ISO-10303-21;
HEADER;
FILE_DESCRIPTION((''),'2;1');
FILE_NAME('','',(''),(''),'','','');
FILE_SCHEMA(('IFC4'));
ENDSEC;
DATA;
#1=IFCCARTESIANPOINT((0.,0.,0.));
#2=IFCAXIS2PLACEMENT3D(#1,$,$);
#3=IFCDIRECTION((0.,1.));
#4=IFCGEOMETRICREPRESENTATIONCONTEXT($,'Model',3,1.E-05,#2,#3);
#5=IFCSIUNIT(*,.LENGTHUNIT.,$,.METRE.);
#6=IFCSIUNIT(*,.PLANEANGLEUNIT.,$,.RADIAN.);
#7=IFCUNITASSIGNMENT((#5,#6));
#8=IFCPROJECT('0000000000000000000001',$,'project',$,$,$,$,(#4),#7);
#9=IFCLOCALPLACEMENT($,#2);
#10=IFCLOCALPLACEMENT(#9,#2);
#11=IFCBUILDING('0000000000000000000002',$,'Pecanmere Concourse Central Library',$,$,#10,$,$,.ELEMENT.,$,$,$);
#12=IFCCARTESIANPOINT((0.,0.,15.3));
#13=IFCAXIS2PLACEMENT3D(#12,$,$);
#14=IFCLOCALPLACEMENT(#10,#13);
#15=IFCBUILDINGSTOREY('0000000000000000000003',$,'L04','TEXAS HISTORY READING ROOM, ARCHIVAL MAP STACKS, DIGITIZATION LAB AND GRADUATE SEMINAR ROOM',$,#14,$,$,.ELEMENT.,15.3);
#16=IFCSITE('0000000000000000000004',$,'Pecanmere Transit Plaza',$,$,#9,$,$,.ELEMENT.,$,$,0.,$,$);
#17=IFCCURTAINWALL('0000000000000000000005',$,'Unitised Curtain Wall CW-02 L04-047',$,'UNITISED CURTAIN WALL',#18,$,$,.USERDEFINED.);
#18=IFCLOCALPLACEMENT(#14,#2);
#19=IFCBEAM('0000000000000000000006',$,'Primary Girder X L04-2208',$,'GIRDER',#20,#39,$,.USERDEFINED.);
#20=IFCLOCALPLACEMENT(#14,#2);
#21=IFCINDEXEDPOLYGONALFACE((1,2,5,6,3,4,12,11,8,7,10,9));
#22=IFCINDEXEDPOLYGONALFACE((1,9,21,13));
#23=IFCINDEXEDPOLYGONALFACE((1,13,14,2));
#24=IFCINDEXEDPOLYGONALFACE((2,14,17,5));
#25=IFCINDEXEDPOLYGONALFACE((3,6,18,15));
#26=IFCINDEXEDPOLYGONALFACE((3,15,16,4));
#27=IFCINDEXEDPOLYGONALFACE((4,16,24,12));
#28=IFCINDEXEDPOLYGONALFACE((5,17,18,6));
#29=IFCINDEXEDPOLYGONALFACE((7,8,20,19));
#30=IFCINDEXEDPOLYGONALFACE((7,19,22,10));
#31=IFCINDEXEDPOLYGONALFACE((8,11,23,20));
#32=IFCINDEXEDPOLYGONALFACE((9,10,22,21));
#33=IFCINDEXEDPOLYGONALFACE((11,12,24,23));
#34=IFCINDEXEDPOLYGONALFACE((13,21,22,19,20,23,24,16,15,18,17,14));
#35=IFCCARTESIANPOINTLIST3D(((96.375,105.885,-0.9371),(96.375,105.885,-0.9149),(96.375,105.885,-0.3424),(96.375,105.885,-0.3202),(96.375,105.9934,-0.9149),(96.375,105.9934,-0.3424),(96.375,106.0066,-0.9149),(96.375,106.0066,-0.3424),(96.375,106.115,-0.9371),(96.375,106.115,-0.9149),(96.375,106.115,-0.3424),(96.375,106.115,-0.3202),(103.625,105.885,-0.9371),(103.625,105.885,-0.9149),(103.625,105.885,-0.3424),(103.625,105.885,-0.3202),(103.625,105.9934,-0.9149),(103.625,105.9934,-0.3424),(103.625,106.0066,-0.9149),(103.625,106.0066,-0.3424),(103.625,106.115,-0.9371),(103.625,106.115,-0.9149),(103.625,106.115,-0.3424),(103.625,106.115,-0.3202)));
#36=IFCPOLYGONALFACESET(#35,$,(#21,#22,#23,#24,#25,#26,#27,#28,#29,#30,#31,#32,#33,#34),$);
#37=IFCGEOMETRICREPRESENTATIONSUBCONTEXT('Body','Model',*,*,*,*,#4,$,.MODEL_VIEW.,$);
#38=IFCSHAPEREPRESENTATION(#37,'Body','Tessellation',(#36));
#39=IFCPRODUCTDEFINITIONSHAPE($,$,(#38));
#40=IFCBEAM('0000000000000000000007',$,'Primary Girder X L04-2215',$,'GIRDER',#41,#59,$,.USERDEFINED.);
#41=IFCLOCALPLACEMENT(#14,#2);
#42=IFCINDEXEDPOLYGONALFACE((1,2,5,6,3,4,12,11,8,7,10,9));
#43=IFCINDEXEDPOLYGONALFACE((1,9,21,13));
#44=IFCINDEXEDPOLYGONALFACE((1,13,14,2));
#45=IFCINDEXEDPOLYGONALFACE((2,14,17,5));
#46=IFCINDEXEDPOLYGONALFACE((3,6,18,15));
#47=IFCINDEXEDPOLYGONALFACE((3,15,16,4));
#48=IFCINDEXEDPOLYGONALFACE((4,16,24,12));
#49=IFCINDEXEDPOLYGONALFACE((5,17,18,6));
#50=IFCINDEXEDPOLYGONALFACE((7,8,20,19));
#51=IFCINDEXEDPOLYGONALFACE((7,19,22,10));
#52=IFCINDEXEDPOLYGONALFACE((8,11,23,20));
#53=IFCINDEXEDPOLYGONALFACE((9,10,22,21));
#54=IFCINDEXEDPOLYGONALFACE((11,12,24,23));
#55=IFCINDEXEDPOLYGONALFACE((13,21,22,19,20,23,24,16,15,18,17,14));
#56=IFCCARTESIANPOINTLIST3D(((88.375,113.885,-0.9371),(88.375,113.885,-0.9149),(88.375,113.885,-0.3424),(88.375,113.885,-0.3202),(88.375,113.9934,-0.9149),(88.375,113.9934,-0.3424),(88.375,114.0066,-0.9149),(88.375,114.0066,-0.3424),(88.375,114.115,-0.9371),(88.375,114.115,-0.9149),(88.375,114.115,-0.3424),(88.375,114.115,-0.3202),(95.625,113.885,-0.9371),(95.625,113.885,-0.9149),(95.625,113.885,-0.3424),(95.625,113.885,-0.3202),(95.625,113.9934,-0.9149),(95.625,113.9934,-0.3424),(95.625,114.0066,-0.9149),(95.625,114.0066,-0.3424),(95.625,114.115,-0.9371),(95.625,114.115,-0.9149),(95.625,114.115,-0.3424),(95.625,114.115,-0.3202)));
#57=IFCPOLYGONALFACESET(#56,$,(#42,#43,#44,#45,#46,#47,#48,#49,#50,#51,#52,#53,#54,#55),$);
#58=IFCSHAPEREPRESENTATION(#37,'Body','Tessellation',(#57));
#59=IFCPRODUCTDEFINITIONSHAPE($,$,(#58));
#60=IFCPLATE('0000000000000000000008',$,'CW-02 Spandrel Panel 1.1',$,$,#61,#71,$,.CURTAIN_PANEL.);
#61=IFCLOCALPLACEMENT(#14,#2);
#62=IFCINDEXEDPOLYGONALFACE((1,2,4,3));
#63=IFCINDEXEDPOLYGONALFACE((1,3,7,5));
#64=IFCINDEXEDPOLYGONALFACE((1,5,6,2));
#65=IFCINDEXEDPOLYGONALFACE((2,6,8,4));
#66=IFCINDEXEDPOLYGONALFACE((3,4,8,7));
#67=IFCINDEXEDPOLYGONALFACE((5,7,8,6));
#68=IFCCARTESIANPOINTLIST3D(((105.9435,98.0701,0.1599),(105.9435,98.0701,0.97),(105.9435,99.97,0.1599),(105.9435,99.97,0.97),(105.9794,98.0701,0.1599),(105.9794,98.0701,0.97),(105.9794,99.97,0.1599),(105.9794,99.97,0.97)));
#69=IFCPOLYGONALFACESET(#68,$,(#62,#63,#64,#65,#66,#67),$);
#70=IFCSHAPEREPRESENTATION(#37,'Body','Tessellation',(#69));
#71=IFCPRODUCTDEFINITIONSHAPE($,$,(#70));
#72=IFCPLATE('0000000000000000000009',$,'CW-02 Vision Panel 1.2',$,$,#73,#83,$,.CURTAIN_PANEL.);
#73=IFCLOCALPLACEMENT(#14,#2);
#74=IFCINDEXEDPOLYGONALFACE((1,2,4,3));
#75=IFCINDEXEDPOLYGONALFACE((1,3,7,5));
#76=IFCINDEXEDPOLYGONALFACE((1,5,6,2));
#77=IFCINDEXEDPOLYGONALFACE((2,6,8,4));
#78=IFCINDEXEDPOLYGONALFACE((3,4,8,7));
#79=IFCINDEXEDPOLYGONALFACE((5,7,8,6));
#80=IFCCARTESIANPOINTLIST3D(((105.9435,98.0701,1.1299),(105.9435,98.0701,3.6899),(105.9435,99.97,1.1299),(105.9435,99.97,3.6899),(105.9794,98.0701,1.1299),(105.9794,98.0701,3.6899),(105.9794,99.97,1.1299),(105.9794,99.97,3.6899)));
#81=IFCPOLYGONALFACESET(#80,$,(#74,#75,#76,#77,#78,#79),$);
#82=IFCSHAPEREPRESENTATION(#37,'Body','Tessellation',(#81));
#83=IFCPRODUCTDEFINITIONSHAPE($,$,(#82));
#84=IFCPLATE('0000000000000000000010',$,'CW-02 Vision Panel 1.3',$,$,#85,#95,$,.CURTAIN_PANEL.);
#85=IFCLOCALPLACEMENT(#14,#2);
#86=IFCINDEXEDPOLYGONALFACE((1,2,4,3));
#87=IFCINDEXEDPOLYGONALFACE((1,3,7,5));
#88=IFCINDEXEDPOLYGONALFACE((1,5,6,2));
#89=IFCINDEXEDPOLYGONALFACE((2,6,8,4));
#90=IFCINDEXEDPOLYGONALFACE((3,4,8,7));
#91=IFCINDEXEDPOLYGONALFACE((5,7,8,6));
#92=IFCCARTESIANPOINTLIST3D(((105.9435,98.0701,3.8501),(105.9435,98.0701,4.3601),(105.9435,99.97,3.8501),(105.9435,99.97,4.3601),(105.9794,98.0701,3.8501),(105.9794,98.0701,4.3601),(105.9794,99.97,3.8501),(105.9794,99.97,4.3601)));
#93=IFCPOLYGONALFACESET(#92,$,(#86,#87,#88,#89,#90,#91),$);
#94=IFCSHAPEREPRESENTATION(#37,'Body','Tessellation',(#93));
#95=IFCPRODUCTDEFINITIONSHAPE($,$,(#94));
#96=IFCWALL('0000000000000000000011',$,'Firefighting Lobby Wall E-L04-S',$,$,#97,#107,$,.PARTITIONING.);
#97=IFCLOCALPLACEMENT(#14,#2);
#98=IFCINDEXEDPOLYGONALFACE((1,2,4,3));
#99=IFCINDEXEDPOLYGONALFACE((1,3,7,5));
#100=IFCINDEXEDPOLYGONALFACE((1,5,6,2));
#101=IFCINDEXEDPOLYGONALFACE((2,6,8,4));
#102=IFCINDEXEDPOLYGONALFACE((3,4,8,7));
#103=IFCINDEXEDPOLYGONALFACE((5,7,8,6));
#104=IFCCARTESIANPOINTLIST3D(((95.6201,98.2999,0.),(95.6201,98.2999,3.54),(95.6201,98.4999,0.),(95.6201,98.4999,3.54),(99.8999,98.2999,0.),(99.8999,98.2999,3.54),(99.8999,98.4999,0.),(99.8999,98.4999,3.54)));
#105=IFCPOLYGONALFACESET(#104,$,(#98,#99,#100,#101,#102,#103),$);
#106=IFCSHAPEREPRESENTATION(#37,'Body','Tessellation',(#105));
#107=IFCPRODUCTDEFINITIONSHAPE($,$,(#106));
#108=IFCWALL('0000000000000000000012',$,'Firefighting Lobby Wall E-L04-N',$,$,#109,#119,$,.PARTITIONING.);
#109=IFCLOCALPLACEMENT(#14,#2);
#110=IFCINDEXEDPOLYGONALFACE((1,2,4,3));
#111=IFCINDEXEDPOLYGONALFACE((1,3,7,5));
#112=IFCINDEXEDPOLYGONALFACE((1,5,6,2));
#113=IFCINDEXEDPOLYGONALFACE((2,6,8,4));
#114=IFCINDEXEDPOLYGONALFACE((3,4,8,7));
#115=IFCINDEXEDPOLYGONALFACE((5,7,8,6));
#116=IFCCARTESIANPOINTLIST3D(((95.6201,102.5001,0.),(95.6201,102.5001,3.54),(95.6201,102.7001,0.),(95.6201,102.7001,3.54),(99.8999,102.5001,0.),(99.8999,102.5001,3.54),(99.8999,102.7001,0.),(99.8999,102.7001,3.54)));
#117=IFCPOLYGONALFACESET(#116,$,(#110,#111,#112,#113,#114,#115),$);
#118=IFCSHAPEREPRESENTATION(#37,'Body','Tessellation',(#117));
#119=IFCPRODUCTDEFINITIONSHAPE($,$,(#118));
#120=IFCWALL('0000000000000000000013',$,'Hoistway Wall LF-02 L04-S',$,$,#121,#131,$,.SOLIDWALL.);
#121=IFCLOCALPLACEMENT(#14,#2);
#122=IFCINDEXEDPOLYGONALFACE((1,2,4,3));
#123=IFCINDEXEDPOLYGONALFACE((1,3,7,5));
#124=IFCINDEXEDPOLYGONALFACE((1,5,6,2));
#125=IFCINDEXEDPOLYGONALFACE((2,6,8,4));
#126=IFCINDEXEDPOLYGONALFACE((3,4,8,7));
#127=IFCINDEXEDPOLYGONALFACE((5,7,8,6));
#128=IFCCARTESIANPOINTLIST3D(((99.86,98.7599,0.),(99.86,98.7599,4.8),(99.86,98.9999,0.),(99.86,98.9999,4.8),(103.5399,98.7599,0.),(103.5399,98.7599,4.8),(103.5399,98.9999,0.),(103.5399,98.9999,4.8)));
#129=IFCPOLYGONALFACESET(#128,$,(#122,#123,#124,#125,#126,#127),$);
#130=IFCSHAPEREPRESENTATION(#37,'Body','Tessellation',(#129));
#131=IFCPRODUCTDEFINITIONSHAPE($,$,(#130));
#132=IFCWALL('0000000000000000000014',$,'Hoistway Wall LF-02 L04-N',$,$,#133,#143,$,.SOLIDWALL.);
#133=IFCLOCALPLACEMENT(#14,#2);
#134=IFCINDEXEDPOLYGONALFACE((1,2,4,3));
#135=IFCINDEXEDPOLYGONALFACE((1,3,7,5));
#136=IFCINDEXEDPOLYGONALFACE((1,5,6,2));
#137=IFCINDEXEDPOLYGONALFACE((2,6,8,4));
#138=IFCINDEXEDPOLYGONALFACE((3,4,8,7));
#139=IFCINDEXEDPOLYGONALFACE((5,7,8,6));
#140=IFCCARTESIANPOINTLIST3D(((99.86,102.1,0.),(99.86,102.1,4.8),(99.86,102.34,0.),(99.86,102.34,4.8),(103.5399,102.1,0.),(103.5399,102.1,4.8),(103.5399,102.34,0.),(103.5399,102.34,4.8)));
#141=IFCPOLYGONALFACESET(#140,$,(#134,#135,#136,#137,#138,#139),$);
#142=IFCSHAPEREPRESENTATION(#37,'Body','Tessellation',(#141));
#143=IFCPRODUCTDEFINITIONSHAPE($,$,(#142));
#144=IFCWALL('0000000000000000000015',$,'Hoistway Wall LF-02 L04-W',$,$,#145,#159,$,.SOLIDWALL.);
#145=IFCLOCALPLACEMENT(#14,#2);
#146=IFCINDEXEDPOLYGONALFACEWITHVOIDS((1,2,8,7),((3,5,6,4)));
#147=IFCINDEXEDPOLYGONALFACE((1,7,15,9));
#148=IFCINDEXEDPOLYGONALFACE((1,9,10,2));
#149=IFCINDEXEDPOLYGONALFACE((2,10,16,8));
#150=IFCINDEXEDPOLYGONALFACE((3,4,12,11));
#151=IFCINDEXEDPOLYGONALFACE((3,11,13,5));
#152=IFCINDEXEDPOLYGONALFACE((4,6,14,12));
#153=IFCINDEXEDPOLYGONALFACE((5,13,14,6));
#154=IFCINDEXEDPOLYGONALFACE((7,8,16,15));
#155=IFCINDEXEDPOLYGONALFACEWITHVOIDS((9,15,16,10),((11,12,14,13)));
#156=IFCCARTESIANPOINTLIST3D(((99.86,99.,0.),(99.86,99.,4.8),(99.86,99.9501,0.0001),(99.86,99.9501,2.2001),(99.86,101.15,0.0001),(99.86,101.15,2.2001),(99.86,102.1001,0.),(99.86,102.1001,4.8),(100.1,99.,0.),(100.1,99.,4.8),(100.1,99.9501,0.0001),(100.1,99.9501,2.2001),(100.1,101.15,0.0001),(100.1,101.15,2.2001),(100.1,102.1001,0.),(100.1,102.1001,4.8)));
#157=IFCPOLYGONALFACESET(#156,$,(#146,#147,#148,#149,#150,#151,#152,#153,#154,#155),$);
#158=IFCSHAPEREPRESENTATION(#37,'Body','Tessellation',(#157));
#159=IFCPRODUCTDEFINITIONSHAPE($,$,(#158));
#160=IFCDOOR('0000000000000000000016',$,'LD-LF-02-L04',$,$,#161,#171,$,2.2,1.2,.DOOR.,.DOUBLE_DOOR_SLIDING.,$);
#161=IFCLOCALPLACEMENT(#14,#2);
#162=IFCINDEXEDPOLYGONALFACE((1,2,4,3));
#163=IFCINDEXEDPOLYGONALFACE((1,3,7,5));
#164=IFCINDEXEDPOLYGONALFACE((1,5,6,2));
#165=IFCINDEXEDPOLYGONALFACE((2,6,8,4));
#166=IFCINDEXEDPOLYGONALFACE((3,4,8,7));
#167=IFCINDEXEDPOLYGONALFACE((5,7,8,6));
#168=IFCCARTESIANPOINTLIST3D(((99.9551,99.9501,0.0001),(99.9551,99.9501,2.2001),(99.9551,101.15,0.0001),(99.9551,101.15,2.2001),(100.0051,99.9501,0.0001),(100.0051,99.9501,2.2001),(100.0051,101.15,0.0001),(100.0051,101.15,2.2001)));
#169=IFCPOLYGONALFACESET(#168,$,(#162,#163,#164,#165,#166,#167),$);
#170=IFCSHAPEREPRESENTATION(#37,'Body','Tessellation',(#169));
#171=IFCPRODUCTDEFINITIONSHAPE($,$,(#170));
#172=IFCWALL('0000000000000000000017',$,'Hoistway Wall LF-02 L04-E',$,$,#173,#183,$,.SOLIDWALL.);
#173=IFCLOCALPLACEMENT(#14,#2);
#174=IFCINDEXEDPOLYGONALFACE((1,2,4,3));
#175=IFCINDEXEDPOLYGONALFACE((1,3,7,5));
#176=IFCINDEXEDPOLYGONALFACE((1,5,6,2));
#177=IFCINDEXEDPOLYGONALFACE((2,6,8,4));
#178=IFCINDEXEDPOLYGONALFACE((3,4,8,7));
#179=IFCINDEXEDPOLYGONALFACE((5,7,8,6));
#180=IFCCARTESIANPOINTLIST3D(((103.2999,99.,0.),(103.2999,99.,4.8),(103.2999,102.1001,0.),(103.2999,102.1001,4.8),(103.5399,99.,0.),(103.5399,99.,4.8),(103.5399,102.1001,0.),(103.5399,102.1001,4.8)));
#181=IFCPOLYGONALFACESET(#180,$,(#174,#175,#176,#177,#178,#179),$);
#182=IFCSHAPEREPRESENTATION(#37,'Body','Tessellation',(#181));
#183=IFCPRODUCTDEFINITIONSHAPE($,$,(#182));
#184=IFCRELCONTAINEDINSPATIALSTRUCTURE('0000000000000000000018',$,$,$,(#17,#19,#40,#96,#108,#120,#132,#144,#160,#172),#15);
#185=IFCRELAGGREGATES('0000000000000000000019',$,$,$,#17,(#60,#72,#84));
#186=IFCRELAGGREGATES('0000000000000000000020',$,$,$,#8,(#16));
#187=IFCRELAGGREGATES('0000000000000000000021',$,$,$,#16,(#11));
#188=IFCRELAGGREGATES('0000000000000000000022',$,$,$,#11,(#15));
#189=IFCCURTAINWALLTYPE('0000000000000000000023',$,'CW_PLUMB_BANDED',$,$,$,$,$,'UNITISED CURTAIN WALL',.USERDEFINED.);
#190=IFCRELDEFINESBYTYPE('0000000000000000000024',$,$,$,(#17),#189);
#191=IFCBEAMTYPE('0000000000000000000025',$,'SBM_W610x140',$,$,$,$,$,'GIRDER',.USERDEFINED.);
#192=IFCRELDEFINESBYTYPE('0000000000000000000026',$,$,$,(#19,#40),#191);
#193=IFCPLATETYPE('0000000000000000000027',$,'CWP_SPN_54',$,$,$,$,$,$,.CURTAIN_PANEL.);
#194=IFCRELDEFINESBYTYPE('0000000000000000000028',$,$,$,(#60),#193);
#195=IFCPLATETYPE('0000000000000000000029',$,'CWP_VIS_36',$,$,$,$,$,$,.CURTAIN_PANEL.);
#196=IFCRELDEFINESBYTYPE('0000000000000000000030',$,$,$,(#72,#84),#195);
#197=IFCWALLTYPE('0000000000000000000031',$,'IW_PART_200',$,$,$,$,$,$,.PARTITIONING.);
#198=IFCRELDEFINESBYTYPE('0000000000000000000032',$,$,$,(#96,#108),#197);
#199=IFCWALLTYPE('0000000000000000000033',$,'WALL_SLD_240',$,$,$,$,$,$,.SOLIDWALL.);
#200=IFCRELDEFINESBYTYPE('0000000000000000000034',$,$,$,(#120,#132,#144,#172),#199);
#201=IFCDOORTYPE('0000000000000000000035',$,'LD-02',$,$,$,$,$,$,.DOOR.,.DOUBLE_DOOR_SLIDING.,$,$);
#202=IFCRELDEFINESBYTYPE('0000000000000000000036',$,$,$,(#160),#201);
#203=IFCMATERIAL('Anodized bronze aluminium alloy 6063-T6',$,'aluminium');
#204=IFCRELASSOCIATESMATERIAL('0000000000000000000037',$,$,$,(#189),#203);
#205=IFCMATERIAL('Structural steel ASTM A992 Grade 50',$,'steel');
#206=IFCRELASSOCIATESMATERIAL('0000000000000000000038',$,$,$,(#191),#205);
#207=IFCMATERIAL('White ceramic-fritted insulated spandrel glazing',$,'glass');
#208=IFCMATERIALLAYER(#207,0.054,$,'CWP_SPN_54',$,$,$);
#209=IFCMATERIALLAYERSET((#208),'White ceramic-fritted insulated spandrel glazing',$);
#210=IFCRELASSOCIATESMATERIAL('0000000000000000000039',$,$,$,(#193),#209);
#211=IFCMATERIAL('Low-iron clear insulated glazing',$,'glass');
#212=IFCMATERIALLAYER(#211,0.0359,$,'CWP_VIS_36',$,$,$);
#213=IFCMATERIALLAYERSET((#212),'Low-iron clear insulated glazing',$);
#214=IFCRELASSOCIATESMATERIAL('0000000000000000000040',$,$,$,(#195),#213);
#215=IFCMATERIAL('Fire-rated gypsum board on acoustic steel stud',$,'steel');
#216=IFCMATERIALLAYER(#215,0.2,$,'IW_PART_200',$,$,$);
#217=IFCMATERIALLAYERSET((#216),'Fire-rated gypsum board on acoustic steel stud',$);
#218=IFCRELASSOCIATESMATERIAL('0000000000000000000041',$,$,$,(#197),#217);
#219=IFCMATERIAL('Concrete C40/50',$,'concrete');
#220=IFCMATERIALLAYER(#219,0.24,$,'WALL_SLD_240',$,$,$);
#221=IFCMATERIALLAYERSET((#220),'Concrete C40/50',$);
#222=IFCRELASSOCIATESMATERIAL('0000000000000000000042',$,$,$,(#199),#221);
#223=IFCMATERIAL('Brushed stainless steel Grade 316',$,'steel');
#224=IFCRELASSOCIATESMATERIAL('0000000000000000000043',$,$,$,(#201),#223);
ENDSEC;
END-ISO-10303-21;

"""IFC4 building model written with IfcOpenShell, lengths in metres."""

from ifc_helpers import new_model, si_unit, direction, frame, frame_2d, origin, origin_2d, place, context, subcontext, project, spatial, rectangle, i_section, extrude, material, layer, layer_set, material_profile, profile_set, type_object, element, fill, aggregate, save


model = new_model("IFC4")

# Units and contexts
model_context = context("Model", 3, precision=1e-05, world=origin(), true_north=direction((0.0, 1.0)))
body_context = subcontext(model_context, "Body", "Model", "MODEL_VIEW")
ifc_project = project(units=[si_unit("LENGTHUNIT", "METRE"), si_unit("PLANEANGLEUNIT", "RADIAN")], contexts=[model_context])

# Site, building, storey
site_placement = place(None, origin())
site = spatial("IfcSite", under=ifc_project, at=site_placement, Name="Pecanmere Transit Plaza", CompositionType="ELEMENT", RefElevation=0.0)
building_placement = place(site_placement, origin())
building = spatial("IfcBuilding", under=site, at=building_placement, Name="Pecanmere Concourse Central Library", CompositionType="ELEMENT")
storey_placement = place(building_placement, frame((0.0, 0.0, 15.3)))
storey = spatial("IfcBuildingStorey", under=building, at=storey_placement, Name="L04", Description="TEXAS HISTORY READING ROOM, ARCHIVAL MAP STACKS, DIGITIZATION LAB AND GRADUATE SEMINAR ROOM", CompositionType="ELEMENT", Elevation=15.3)

# Curtain wall
ifc_material_1 = material(Name="Anodized bronze aluminium alloy 6063-T6", Category="aluminium")
curtain_wall_type = type_object("IfcCurtainWallType", Name="CW_PLUMB_BANDED", ElementType="UNITISED CURTAIN WALL", PredefinedType="USERDEFINED", material=ifc_material_1)
curtain_wall_placement = place(storey_placement, origin())
curtain_wall = element("IfcCurtainWall", 1, at=curtain_wall_placement, inside=storey, type_object=curtain_wall_type, Name="Unitised Curtain Wall CW-02 L04-047", ObjectType="UNITISED CURTAIN WALL", PredefinedType="USERDEFINED")

# Beams
ifc_material_2 = material(Name="Structural steel ASTM A992 Grade 50", Category="steel")
ifc_material_profile_1 = material_profile(ifc_material_2, i_section(OverallWidth=0.23, OverallDepth=0.6169, WebThickness=0.0132, FlangeThickness=0.0222, at=origin_2d()), Name="W610x140")
ifc_profile_set_1 = profile_set([ifc_material_profile_1], Name="Structural steel ASTM A992 Grade 50")
beam_type_1 = type_object("IfcBeamType", Name="SBM_W610x140", ElementType="GIRDER", PredefinedType="USERDEFINED", material=ifc_profile_set_1)
for number, where, z_axis, x_axis, name in (
    (2, (96.375, 106.0, -0.6287), (1.0, 0.0, 0.0), (0.0, 1.0, 0.0), "Primary Girder X L04-2208"),
    (3, (88.375, 114.0, -0.6287), (1.0, 0.0, 0.0), (0.0, 1.0, 0.0), "Primary Girder X L04-2215"),
):
    element("IfcBeam", number, at=place(storey_placement, frame(where, z_axis=z_axis, x_axis=x_axis)), inside=storey, type_object=beam_type_1, Name=name, ObjectType="GIRDER", PredefinedType="USERDEFINED", context=body_context, shape_type="SweptSolid", body=[
        extrude(i_section(OverallWidth=0.23, OverallDepth=0.6169, WebThickness=0.0132, FlangeThickness=0.0222, at=origin_2d()), origin(), (0.0, 0.0, 1.0), 7.25),
    ])

# Plates
ifc_material_3 = material(Name="White ceramic-fritted insulated spandrel glazing", Category="glass")
ifc_layer_1 = layer(ifc_material_3, 0.054, Name="CWP_SPN_54")
ifc_layer_set_1 = layer_set([ifc_layer_1], Name="White ceramic-fritted insulated spandrel glazing")
plate_type_1 = type_object("IfcPlateType", Name="CWP_SPN_54", PredefinedType="CURTAIN_PANEL", material=ifc_layer_set_1)
plate_1_placement = place(storey_placement, frame((105.9614, 99.02, 0.1599), z_axis=(0.0, 0.0, 1.0), x_axis=(0.0, 1.0, 0.0)))
plate_1 = element("IfcPlate", 4, at=plate_1_placement, type_object=plate_type_1, Name="CW-02 Spandrel Panel 1.1", PredefinedType="CURTAIN_PANEL", context=body_context, shape_type="SweptSolid", body=[
    extrude(rectangle(XDim=1.8999, YDim=0.0359, at=origin_2d()), origin(), (0.0, 0.0, 1.0), 0.8101),
])
ifc_material_4 = material(Name="Low-iron clear insulated glazing", Category="glass")
ifc_layer_2 = layer(ifc_material_4, 0.0359, Name="CWP_VIS_36")
ifc_layer_set_2 = layer_set([ifc_layer_2], Name="Low-iron clear insulated glazing")
plate_type_2 = type_object("IfcPlateType", Name="CWP_VIS_36", PredefinedType="CURTAIN_PANEL", material=ifc_layer_set_2)
plate_2_placement = place(storey_placement, frame((105.9614, 99.02, 1.1299), z_axis=(0.0, 0.0, 1.0), x_axis=(0.0, 1.0, 0.0)))
plate_2 = element("IfcPlate", 5, at=plate_2_placement, type_object=plate_type_2, Name="CW-02 Vision Panel 1.2", PredefinedType="CURTAIN_PANEL", context=body_context, shape_type="SweptSolid", body=[
    extrude(rectangle(XDim=1.8999, YDim=0.0359, at=origin_2d()), origin(), (0.0, 0.0, 1.0), 2.5601),
])
plate_3_placement = place(storey_placement, frame((105.9614, 99.02, 3.8501), z_axis=(0.0, 0.0, 1.0), x_axis=(0.0, 1.0, 0.0)))
plate_3 = element("IfcPlate", 6, at=plate_3_placement, type_object=plate_type_2, Name="CW-02 Vision Panel 1.3", PredefinedType="CURTAIN_PANEL", context=body_context, shape_type="SweptSolid", body=[
    extrude(rectangle(XDim=1.8999, YDim=0.0359, at=origin_2d()), origin(), (0.0, 0.0, 1.0), 0.51),
])
aggregate(curtain_wall, [plate_1, plate_2, plate_3])

# Walls
ifc_material_5 = material(Name="Fire-rated gypsum board on acoustic steel stud", Category="steel")
ifc_layer_3 = layer(ifc_material_5, 0.2, Name="IW_PART_200")
ifc_layer_set_3 = layer_set([ifc_layer_3], Name="Fire-rated gypsum board on acoustic steel stud")
wall_type_1 = type_object("IfcWallType", Name="IW_PART_200", PredefinedType="PARTITIONING", material=ifc_layer_set_3)
for number, where, z_axis, x_axis, name in (
    (7, (95.6201, 98.3999, 0.0), (0.0, 0.0, 1.0), (1.0, 0.0, 0.0), "Firefighting Lobby Wall E-L04-S"),
    (8, (95.6201, 102.6001, 0.0), (0.0, 0.0, 1.0), (1.0, 0.0, 0.0), "Firefighting Lobby Wall E-L04-N"),
):
    element("IfcWall", number, at=place(storey_placement, frame(where, z_axis=z_axis, x_axis=x_axis)), inside=storey, type_object=wall_type_1, Name=name, PredefinedType="PARTITIONING", context=body_context, shape_type="SweptSolid", body=[
        extrude(rectangle(XDim=4.2798, YDim=0.2, at=frame_2d((2.1399, 0.0))), origin(), (0.0, 0.0, 1.0), 3.54),
    ])
ifc_material_6 = material(Name="Concrete C40/50", Category="concrete")
ifc_layer_4 = layer(ifc_material_6, 0.24, Name="WALL_SLD_240")
ifc_layer_set_4 = layer_set([ifc_layer_4], Name="Concrete C40/50")
wall_type_2 = type_object("IfcWallType", Name="WALL_SLD_240", PredefinedType="SOLIDWALL", material=ifc_layer_set_4)
for number, where, z_axis, x_axis, name in (
    (9, (99.8601, 98.8799, 0.0), (0.0, 0.0, 1.0), (1.0, 0.0, 0.0), "Hoistway Wall LF-02 L04-S"),
    (10, (99.8601, 102.22, 0.0), (0.0, 0.0, 1.0), (1.0, 0.0, 0.0), "Hoistway Wall LF-02 L04-N"),
):
    element("IfcWall", number, at=place(storey_placement, frame(where, z_axis=z_axis, x_axis=x_axis)), inside=storey, type_object=wall_type_2, Name=name, PredefinedType="SOLIDWALL", context=body_context, shape_type="SweptSolid", body=[
        extrude(rectangle(XDim=3.6799, YDim=0.24, at=frame_2d((1.8398, 0.0))), origin(), (0.0, 0.0, 1.0), 4.8),
    ])

# Wall, opening, door
wall_1_placement = place(storey_placement, frame((99.98, 99.0, 0.0), z_axis=(0.0, 0.0, 1.0), x_axis=(0.0, 1.0, 0.0)))
wall_1 = element("IfcWall", 11, at=wall_1_placement, inside=storey, type_object=wall_type_2, Name="Hoistway Wall LF-02 L04-W", PredefinedType="SOLIDWALL", context=body_context, shape_type="SweptSolid", body=[
    extrude(rectangle(XDim=3.1001, YDim=0.24, at=frame_2d((1.55, 0.0))), origin(), (0.0, 0.0, 1.0), 4.8),
])
opening_1_placement = place(wall_1_placement, frame((0.95, 0.0, 0.0)))
opening_1 = element("IfcOpeningElement", 12, at=opening_1_placement, cuts=wall_1, PredefinedType="OPENING", context=body_context, shape_type="SweptSolid", body=[
    extrude(rectangle(XDim=1.2, YDim=2.2, at=frame_2d((0.6001, 1.1001))), frame((0.0, 0.1318, 0.0), z_axis=(0.0, -1.0, 0.0), x_axis=(1.0, 0.0, 0.0)), (0.0, 0.0, 1.0), 0.2639),
])
ifc_material_7 = material(Name="Brushed stainless steel Grade 316", Category="steel")
door_type_1 = type_object("IfcDoorType", Name="LD-02", OperationType="DOUBLE_DOOR_SLIDING", PredefinedType="DOOR", material=ifc_material_7)
door_1_placement = place(opening_1_placement, origin())
door_1 = element("IfcDoor", 13, at=door_1_placement, inside=storey, type_object=door_type_1, Name="LD-LF-02-L04", OperationType="DOUBLE_DOOR_SLIDING", OverallHeight=2.2, OverallWidth=1.2, PredefinedType="DOOR", context=body_context, shape_type="SweptSolid", body=[
    extrude(rectangle(XDim=1.2, YDim=2.2, at=frame_2d((0.6001, 1.1001))), frame((0.0, 0.0249, 0.0), z_axis=(0.0, -1.0, 0.0), x_axis=(1.0, 0.0, 0.0)), (0.0, 0.0, 1.0), 0.05),
])
fill(opening_1, door_1)

# Wall
wall_2_placement = place(storey_placement, frame((103.4199, 99.0, 0.0), z_axis=(0.0, 0.0, 1.0), x_axis=(0.0, 1.0, 0.0)))
element("IfcWall", 14, at=wall_2_placement, inside=storey, type_object=wall_type_2, Name="Hoistway Wall LF-02 L04-E", PredefinedType="SOLIDWALL", context=body_context, shape_type="SweptSolid", body=[
    extrude(rectangle(XDim=3.1001, YDim=0.24, at=frame_2d((1.55, 0.0))), origin(), (0.0, 0.0, 1.0), 4.8),
])

save(model, "model.ifc")
